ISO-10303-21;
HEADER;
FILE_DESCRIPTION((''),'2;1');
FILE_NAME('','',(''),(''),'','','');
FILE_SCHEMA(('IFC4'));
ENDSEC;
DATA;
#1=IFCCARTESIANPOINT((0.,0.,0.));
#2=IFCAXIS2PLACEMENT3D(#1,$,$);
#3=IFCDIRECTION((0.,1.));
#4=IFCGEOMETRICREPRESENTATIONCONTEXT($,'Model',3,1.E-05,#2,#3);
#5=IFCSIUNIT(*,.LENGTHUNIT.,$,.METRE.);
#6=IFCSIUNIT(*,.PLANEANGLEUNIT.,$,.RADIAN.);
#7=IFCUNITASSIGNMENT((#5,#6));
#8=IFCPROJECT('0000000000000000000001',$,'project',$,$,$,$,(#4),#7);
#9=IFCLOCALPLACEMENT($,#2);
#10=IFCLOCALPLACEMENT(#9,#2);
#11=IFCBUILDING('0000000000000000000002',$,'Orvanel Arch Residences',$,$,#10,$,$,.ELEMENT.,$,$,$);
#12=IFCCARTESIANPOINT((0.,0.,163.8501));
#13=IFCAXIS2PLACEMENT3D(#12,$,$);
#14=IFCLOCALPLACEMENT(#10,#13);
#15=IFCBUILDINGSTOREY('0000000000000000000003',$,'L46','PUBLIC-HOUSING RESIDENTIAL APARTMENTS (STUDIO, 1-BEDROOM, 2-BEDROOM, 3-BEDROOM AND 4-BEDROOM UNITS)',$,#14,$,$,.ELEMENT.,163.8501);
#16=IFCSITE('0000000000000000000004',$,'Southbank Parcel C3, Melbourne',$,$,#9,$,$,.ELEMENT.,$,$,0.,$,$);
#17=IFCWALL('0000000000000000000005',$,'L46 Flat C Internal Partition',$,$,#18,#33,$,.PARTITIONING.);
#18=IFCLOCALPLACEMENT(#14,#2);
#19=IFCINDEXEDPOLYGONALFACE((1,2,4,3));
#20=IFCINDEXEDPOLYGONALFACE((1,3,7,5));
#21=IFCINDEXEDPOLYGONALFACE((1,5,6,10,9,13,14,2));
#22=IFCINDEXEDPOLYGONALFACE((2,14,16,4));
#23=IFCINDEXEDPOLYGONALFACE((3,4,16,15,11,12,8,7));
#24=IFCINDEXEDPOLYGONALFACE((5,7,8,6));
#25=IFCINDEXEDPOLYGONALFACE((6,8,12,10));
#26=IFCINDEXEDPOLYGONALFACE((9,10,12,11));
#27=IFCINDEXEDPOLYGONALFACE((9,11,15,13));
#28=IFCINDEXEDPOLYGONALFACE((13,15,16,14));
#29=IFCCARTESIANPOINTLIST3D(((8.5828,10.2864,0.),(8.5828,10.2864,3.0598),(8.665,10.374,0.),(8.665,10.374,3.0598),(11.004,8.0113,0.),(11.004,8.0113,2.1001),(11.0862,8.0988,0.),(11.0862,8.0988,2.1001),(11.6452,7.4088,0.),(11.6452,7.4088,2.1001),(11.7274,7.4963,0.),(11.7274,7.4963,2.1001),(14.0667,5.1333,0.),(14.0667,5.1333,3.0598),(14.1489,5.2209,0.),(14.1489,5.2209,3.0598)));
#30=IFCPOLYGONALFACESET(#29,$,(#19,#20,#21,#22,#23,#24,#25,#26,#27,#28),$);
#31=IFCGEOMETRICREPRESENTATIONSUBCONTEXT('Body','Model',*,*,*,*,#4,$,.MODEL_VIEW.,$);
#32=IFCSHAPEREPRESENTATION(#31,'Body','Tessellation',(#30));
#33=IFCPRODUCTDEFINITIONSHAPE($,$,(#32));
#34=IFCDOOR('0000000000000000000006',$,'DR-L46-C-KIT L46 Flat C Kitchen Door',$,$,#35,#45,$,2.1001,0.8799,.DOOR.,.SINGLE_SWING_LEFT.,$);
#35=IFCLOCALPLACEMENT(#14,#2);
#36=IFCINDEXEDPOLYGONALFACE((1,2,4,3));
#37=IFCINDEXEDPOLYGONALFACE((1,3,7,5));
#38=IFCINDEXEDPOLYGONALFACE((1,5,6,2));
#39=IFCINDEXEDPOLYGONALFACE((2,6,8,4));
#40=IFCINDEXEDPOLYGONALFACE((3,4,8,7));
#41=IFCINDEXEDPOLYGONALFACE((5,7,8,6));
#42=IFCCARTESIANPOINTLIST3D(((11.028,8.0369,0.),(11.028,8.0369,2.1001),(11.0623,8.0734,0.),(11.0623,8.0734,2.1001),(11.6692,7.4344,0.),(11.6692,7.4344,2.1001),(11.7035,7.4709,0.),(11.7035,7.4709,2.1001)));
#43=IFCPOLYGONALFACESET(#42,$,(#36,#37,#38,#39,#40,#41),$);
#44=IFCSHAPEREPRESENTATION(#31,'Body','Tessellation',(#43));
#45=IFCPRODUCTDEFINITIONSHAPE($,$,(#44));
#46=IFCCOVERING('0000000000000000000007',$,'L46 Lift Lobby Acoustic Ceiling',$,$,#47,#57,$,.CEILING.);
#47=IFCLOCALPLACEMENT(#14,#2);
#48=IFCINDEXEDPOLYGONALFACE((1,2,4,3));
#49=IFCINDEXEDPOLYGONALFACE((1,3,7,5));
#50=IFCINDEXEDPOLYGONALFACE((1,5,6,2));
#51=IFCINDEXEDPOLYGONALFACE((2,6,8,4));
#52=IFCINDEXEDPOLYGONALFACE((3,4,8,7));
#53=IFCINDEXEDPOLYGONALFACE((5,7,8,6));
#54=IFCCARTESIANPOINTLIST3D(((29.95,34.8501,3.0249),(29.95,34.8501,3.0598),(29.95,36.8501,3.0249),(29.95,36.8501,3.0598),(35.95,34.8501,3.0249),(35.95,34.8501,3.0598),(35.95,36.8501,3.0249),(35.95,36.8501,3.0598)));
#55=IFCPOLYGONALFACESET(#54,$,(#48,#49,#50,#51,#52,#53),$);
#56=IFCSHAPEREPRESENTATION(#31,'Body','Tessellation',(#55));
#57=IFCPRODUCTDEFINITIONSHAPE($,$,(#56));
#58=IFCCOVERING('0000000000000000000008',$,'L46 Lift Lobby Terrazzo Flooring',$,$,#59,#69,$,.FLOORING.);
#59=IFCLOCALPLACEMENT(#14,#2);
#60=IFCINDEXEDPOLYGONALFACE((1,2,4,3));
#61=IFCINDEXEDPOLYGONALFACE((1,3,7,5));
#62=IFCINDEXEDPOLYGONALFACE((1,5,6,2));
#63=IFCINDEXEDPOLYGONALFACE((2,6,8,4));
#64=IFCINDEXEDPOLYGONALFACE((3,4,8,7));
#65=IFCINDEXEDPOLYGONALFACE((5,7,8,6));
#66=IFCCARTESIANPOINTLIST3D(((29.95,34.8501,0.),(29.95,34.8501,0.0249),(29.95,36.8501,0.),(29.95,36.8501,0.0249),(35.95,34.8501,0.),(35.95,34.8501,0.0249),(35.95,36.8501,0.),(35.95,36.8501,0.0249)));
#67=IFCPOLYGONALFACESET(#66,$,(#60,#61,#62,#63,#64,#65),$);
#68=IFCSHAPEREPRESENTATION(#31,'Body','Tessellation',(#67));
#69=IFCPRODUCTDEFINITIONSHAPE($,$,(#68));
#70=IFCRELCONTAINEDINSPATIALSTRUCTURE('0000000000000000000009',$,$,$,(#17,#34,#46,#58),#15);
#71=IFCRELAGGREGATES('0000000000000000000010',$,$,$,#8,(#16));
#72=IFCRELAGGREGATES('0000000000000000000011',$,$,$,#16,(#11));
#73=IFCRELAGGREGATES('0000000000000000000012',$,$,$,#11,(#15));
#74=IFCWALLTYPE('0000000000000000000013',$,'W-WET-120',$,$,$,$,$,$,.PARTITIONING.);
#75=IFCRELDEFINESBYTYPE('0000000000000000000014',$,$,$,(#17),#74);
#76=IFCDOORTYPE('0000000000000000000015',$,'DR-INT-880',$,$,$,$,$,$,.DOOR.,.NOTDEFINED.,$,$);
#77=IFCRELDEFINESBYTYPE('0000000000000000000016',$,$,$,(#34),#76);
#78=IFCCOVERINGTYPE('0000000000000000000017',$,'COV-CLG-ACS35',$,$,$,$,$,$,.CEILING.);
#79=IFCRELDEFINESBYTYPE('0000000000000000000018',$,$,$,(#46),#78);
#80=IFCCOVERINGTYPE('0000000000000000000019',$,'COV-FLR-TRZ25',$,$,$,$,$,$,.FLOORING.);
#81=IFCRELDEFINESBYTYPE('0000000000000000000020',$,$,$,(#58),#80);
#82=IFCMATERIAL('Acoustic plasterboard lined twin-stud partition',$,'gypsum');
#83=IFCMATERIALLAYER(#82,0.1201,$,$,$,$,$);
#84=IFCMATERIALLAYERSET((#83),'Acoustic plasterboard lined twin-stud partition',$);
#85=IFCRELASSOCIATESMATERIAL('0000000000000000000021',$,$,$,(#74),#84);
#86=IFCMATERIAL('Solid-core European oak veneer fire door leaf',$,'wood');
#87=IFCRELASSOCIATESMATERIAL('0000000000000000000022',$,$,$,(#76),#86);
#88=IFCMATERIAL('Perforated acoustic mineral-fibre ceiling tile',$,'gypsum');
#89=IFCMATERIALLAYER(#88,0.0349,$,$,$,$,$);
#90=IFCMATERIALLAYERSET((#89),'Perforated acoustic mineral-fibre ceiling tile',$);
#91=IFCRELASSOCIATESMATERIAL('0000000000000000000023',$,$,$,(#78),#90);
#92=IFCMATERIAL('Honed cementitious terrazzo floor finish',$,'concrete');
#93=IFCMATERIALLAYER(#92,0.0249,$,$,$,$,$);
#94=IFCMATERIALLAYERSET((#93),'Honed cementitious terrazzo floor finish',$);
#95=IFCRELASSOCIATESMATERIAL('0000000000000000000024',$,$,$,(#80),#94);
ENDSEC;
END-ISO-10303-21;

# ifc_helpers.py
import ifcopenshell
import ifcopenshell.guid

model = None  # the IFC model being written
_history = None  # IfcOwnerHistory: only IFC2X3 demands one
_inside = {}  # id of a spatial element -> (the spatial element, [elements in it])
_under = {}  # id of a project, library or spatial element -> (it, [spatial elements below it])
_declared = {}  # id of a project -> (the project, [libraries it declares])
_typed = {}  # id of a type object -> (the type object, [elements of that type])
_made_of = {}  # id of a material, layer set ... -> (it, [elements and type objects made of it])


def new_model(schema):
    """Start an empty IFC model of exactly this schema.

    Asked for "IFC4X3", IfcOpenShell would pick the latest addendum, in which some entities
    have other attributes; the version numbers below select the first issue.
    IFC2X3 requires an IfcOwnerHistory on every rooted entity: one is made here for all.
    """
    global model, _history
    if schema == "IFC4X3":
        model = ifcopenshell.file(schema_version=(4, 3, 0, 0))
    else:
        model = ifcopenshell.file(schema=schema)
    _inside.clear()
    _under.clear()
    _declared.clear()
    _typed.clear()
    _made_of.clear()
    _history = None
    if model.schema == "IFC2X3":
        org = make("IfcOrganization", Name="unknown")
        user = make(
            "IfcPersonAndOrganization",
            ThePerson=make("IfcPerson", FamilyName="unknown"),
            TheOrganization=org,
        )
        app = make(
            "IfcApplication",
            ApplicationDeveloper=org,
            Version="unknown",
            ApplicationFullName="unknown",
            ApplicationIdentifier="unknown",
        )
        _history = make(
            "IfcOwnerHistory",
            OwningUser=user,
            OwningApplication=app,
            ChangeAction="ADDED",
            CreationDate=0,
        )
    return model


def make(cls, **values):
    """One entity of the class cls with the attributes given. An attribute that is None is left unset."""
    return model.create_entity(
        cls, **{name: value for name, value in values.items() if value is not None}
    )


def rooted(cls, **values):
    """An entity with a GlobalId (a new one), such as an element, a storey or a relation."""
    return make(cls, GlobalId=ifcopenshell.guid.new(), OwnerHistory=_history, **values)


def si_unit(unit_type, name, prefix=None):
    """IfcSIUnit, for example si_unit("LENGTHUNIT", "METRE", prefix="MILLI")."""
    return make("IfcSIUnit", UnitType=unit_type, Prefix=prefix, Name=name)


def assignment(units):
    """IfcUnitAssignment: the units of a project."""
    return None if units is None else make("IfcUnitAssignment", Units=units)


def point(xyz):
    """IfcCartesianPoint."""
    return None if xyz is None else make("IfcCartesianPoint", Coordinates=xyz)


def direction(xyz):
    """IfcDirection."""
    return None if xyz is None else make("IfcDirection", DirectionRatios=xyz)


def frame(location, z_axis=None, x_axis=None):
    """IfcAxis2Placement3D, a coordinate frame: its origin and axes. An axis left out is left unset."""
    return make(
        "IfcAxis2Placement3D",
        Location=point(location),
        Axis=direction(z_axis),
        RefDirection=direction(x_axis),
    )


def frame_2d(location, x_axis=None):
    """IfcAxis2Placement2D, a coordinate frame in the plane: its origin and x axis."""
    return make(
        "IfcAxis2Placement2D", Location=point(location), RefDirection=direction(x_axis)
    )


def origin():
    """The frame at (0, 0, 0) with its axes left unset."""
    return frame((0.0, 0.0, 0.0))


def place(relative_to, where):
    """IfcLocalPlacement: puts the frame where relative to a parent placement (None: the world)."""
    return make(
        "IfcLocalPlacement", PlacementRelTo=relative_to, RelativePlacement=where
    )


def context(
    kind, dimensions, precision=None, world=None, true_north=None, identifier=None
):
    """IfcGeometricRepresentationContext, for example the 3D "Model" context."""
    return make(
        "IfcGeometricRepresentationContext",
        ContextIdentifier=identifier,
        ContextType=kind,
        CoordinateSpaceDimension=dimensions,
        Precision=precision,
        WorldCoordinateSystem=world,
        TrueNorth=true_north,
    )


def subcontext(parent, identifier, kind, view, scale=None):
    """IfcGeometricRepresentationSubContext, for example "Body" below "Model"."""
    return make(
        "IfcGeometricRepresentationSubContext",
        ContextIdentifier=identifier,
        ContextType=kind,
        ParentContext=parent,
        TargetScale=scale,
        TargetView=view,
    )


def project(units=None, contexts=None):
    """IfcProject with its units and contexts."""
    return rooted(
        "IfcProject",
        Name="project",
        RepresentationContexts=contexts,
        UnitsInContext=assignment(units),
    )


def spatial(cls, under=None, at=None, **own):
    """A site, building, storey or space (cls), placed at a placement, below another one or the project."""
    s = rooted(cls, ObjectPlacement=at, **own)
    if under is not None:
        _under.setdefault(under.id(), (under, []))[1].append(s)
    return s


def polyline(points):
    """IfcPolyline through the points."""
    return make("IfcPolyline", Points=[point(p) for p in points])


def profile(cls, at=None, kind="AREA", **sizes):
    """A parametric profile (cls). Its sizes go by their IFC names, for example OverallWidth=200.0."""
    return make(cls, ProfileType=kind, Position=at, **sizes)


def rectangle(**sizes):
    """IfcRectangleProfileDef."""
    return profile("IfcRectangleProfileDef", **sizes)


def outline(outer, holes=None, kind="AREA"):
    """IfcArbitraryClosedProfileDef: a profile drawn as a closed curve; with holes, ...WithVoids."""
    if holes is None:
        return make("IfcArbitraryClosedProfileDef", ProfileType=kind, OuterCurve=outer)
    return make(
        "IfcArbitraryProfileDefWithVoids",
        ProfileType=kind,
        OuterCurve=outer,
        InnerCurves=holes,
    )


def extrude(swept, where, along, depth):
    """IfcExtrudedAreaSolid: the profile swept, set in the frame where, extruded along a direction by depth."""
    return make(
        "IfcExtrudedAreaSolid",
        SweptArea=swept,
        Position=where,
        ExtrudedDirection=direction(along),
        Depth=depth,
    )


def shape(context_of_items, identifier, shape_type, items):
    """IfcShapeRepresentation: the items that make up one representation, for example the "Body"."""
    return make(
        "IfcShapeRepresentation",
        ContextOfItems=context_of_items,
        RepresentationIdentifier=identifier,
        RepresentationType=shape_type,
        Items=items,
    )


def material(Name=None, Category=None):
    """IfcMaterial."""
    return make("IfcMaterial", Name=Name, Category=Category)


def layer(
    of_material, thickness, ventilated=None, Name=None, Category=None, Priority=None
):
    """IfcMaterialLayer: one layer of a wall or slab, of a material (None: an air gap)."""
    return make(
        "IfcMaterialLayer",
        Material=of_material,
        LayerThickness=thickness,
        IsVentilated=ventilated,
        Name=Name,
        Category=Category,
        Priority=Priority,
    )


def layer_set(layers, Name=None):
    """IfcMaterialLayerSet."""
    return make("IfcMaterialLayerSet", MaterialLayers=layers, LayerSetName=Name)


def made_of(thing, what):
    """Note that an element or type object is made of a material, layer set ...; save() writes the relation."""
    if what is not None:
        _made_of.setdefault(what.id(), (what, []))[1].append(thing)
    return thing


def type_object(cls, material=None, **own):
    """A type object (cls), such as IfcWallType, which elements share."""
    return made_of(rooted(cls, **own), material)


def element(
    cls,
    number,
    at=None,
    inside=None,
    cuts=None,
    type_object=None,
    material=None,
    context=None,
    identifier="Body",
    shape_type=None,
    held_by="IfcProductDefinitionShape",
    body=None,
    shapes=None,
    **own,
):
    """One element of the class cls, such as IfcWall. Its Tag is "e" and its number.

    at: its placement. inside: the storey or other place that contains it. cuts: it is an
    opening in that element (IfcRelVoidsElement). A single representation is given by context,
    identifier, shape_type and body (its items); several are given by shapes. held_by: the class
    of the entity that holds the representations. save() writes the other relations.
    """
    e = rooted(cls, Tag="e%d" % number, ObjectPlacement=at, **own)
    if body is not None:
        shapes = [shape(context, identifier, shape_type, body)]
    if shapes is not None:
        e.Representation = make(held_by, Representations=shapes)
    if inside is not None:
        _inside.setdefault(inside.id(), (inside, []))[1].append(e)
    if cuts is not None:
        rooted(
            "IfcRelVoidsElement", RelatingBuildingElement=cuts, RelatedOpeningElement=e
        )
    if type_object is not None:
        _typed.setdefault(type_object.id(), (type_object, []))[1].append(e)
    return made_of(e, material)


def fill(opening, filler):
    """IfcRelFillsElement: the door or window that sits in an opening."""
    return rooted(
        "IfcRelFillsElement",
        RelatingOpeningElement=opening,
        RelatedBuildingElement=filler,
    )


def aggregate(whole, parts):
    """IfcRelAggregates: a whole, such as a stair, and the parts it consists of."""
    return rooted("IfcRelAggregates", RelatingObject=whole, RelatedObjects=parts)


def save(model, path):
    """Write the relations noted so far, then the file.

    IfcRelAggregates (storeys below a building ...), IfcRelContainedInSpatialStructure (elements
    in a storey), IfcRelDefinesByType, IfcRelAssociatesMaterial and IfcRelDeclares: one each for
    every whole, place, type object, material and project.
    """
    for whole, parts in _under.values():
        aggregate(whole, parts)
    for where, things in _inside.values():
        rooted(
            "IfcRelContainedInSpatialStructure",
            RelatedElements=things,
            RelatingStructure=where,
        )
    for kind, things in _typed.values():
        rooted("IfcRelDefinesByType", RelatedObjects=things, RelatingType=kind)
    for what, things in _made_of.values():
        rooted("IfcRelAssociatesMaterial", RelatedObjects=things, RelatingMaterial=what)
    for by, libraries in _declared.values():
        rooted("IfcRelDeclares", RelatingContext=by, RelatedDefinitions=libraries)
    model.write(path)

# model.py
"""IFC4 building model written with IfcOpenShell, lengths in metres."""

from ifc_helpers import new_model, si_unit, direction, frame, frame_2d, origin, place, context, subcontext, project, spatial, polyline, rectangle, outline, extrude, material, layer, layer_set, type_object, element, fill, save


model = new_model("IFC4")

# Units and contexts
model_context = context("Model", 3, precision=1e-05, world=origin(), true_north=direction((0.0, 1.0)))
body_context = subcontext(model_context, "Body", "Model", "MODEL_VIEW")
ifc_project = project(units=[si_unit("LENGTHUNIT", "METRE"), si_unit("PLANEANGLEUNIT", "RADIAN")], contexts=[model_context])

# Site, building, storey
site_placement = place(None, origin())
site = spatial("IfcSite", under=ifc_project, at=site_placement, Name="Southbank Parcel C3, Melbourne", CompositionType="ELEMENT", RefElevation=0.0)
building_placement = place(site_placement, origin())
building = spatial("IfcBuilding", under=site, at=building_placement, Name="Orvanel Arch Residences", CompositionType="ELEMENT")
storey_placement = place(building_placement, frame((0.0, 0.0, 163.8501)))
storey = spatial("IfcBuildingStorey", under=building, at=storey_placement, Name="L46", Description="PUBLIC-HOUSING RESIDENTIAL APARTMENTS (STUDIO, 1-BEDROOM, 2-BEDROOM, 3-BEDROOM AND 4-BEDROOM UNITS)", CompositionType="ELEMENT", Elevation=163.8501)

# Wall, opening, door
ifc_material_1 = material(Name="Acoustic plasterboard lined twin-stud partition", Category="gypsum")
ifc_layer_1 = layer(ifc_material_1, 0.1201)
ifc_layer_set_1 = layer_set([ifc_layer_1], Name="Acoustic plasterboard lined twin-stud partition")
wall_type = type_object("IfcWallType", Name="W-WET-120", PredefinedType="PARTITIONING", material=ifc_layer_set_1)
wall_placement = place(storey_placement, frame((14.1079, 5.177, 0.0), z_axis=(0.0, 0.0, 1.0), x_axis=(-0.728746, 0.684785, 0.0)))
wall = element("IfcWall", 1, at=wall_placement, inside=storey, type_object=wall_type, Name="L46 Flat C Internal Partition", PredefinedType="PARTITIONING", context=body_context, shape_type="SweptSolid", body=[
    extrude(rectangle(XDim=7.5251, YDim=0.1201, at=frame_2d((3.7627, 0.0))), origin(), (0.0, 0.0, 1.0), 3.0598),
])
opening_placement = place(wall_placement, frame((3.323, 0.0, 0.0)))
opening = element("IfcOpeningElement", 2, at=opening_placement, cuts=wall, PredefinedType="OPENING", context=body_context, shape_type="SweptSolid", body=[
    extrude(rectangle(XDim=0.8799, YDim=2.1001, at=frame_2d((0.4399, 1.05))), frame((0.0, 0.0701, 0.0), z_axis=(0.0, -1.0, 0.0), x_axis=(1.0, 0.0, 0.0)), (0.0, 0.0, 1.0), 0.1401),
])
ifc_material_2 = material(Name="Solid-core European oak veneer fire door leaf", Category="wood")
door_type = type_object("IfcDoorType", Name="DR-INT-880", OperationType="NOTDEFINED", PredefinedType="DOOR", material=ifc_material_2)
door_placement = place(opening_placement, origin())
door = element("IfcDoor", 3, at=door_placement, inside=storey, type_object=door_type, Name="DR-L46-C-KIT L46 Flat C Kitchen Door", OperationType="SINGLE_SWING_LEFT", OverallHeight=2.1001, OverallWidth=0.8799, PredefinedType="DOOR", context=body_context, shape_type="SweptSolid", body=[
    extrude(rectangle(XDim=0.8799, YDim=2.1001, at=frame_2d((0.4399, 1.05))), frame((0.0, 0.0249, 0.0), z_axis=(0.0, -1.0, 0.0), x_axis=(1.0, 0.0, 0.0)), (0.0, 0.0, 1.0), 0.05),
])
fill(opening, door)

# Coverings
ifc_material_3 = material(Name="Perforated acoustic mineral-fibre ceiling tile", Category="gypsum")
ifc_layer_2 = layer(ifc_material_3, 0.0349)
ifc_layer_set_2 = layer_set([ifc_layer_2], Name="Perforated acoustic mineral-fibre ceiling tile")
covering_type_1 = type_object("IfcCoveringType", Name="COV-CLG-ACS35", PredefinedType="CEILING", material=ifc_layer_set_2)
covering_1_placement = place(storey_placement, frame((0.0, 0.0, 3.0249)))
element("IfcCovering", 4, at=covering_1_placement, inside=storey, type_object=covering_type_1, Name="L46 Lift Lobby Acoustic Ceiling", PredefinedType="CEILING", context=body_context, shape_type="SweptSolid", body=[
    extrude(outline(polyline([(29.95, 34.8501), (35.95, 34.8501), (35.95, 36.8501), (29.95, 36.8501), (29.95, 34.8501)])), origin(), (0.0, 0.0, 1.0), 0.0349),
])
ifc_material_4 = material(Name="Honed cementitious terrazzo floor finish", Category="concrete")
ifc_layer_3 = layer(ifc_material_4, 0.0249)
ifc_layer_set_3 = layer_set([ifc_layer_3], Name="Honed cementitious terrazzo floor finish")
covering_type_2 = type_object("IfcCoveringType", Name="COV-FLR-TRZ25", PredefinedType="FLOORING", material=ifc_layer_set_3)
covering_2_placement = place(storey_placement, origin())
element("IfcCovering", 5, at=covering_2_placement, inside=storey, type_object=covering_type_2, Name="L46 Lift Lobby Terrazzo Flooring", PredefinedType="FLOORING", context=body_context, shape_type="SweptSolid", body=[
    extrude(outline(polyline([(29.95, 34.8501), (35.95, 34.8501), (35.95, 36.8501), (29.95, 36.8501), (29.95, 34.8501)])), origin(), (0.0, 0.0, 1.0), 0.0249),
])

save(model, "model.ifc")
